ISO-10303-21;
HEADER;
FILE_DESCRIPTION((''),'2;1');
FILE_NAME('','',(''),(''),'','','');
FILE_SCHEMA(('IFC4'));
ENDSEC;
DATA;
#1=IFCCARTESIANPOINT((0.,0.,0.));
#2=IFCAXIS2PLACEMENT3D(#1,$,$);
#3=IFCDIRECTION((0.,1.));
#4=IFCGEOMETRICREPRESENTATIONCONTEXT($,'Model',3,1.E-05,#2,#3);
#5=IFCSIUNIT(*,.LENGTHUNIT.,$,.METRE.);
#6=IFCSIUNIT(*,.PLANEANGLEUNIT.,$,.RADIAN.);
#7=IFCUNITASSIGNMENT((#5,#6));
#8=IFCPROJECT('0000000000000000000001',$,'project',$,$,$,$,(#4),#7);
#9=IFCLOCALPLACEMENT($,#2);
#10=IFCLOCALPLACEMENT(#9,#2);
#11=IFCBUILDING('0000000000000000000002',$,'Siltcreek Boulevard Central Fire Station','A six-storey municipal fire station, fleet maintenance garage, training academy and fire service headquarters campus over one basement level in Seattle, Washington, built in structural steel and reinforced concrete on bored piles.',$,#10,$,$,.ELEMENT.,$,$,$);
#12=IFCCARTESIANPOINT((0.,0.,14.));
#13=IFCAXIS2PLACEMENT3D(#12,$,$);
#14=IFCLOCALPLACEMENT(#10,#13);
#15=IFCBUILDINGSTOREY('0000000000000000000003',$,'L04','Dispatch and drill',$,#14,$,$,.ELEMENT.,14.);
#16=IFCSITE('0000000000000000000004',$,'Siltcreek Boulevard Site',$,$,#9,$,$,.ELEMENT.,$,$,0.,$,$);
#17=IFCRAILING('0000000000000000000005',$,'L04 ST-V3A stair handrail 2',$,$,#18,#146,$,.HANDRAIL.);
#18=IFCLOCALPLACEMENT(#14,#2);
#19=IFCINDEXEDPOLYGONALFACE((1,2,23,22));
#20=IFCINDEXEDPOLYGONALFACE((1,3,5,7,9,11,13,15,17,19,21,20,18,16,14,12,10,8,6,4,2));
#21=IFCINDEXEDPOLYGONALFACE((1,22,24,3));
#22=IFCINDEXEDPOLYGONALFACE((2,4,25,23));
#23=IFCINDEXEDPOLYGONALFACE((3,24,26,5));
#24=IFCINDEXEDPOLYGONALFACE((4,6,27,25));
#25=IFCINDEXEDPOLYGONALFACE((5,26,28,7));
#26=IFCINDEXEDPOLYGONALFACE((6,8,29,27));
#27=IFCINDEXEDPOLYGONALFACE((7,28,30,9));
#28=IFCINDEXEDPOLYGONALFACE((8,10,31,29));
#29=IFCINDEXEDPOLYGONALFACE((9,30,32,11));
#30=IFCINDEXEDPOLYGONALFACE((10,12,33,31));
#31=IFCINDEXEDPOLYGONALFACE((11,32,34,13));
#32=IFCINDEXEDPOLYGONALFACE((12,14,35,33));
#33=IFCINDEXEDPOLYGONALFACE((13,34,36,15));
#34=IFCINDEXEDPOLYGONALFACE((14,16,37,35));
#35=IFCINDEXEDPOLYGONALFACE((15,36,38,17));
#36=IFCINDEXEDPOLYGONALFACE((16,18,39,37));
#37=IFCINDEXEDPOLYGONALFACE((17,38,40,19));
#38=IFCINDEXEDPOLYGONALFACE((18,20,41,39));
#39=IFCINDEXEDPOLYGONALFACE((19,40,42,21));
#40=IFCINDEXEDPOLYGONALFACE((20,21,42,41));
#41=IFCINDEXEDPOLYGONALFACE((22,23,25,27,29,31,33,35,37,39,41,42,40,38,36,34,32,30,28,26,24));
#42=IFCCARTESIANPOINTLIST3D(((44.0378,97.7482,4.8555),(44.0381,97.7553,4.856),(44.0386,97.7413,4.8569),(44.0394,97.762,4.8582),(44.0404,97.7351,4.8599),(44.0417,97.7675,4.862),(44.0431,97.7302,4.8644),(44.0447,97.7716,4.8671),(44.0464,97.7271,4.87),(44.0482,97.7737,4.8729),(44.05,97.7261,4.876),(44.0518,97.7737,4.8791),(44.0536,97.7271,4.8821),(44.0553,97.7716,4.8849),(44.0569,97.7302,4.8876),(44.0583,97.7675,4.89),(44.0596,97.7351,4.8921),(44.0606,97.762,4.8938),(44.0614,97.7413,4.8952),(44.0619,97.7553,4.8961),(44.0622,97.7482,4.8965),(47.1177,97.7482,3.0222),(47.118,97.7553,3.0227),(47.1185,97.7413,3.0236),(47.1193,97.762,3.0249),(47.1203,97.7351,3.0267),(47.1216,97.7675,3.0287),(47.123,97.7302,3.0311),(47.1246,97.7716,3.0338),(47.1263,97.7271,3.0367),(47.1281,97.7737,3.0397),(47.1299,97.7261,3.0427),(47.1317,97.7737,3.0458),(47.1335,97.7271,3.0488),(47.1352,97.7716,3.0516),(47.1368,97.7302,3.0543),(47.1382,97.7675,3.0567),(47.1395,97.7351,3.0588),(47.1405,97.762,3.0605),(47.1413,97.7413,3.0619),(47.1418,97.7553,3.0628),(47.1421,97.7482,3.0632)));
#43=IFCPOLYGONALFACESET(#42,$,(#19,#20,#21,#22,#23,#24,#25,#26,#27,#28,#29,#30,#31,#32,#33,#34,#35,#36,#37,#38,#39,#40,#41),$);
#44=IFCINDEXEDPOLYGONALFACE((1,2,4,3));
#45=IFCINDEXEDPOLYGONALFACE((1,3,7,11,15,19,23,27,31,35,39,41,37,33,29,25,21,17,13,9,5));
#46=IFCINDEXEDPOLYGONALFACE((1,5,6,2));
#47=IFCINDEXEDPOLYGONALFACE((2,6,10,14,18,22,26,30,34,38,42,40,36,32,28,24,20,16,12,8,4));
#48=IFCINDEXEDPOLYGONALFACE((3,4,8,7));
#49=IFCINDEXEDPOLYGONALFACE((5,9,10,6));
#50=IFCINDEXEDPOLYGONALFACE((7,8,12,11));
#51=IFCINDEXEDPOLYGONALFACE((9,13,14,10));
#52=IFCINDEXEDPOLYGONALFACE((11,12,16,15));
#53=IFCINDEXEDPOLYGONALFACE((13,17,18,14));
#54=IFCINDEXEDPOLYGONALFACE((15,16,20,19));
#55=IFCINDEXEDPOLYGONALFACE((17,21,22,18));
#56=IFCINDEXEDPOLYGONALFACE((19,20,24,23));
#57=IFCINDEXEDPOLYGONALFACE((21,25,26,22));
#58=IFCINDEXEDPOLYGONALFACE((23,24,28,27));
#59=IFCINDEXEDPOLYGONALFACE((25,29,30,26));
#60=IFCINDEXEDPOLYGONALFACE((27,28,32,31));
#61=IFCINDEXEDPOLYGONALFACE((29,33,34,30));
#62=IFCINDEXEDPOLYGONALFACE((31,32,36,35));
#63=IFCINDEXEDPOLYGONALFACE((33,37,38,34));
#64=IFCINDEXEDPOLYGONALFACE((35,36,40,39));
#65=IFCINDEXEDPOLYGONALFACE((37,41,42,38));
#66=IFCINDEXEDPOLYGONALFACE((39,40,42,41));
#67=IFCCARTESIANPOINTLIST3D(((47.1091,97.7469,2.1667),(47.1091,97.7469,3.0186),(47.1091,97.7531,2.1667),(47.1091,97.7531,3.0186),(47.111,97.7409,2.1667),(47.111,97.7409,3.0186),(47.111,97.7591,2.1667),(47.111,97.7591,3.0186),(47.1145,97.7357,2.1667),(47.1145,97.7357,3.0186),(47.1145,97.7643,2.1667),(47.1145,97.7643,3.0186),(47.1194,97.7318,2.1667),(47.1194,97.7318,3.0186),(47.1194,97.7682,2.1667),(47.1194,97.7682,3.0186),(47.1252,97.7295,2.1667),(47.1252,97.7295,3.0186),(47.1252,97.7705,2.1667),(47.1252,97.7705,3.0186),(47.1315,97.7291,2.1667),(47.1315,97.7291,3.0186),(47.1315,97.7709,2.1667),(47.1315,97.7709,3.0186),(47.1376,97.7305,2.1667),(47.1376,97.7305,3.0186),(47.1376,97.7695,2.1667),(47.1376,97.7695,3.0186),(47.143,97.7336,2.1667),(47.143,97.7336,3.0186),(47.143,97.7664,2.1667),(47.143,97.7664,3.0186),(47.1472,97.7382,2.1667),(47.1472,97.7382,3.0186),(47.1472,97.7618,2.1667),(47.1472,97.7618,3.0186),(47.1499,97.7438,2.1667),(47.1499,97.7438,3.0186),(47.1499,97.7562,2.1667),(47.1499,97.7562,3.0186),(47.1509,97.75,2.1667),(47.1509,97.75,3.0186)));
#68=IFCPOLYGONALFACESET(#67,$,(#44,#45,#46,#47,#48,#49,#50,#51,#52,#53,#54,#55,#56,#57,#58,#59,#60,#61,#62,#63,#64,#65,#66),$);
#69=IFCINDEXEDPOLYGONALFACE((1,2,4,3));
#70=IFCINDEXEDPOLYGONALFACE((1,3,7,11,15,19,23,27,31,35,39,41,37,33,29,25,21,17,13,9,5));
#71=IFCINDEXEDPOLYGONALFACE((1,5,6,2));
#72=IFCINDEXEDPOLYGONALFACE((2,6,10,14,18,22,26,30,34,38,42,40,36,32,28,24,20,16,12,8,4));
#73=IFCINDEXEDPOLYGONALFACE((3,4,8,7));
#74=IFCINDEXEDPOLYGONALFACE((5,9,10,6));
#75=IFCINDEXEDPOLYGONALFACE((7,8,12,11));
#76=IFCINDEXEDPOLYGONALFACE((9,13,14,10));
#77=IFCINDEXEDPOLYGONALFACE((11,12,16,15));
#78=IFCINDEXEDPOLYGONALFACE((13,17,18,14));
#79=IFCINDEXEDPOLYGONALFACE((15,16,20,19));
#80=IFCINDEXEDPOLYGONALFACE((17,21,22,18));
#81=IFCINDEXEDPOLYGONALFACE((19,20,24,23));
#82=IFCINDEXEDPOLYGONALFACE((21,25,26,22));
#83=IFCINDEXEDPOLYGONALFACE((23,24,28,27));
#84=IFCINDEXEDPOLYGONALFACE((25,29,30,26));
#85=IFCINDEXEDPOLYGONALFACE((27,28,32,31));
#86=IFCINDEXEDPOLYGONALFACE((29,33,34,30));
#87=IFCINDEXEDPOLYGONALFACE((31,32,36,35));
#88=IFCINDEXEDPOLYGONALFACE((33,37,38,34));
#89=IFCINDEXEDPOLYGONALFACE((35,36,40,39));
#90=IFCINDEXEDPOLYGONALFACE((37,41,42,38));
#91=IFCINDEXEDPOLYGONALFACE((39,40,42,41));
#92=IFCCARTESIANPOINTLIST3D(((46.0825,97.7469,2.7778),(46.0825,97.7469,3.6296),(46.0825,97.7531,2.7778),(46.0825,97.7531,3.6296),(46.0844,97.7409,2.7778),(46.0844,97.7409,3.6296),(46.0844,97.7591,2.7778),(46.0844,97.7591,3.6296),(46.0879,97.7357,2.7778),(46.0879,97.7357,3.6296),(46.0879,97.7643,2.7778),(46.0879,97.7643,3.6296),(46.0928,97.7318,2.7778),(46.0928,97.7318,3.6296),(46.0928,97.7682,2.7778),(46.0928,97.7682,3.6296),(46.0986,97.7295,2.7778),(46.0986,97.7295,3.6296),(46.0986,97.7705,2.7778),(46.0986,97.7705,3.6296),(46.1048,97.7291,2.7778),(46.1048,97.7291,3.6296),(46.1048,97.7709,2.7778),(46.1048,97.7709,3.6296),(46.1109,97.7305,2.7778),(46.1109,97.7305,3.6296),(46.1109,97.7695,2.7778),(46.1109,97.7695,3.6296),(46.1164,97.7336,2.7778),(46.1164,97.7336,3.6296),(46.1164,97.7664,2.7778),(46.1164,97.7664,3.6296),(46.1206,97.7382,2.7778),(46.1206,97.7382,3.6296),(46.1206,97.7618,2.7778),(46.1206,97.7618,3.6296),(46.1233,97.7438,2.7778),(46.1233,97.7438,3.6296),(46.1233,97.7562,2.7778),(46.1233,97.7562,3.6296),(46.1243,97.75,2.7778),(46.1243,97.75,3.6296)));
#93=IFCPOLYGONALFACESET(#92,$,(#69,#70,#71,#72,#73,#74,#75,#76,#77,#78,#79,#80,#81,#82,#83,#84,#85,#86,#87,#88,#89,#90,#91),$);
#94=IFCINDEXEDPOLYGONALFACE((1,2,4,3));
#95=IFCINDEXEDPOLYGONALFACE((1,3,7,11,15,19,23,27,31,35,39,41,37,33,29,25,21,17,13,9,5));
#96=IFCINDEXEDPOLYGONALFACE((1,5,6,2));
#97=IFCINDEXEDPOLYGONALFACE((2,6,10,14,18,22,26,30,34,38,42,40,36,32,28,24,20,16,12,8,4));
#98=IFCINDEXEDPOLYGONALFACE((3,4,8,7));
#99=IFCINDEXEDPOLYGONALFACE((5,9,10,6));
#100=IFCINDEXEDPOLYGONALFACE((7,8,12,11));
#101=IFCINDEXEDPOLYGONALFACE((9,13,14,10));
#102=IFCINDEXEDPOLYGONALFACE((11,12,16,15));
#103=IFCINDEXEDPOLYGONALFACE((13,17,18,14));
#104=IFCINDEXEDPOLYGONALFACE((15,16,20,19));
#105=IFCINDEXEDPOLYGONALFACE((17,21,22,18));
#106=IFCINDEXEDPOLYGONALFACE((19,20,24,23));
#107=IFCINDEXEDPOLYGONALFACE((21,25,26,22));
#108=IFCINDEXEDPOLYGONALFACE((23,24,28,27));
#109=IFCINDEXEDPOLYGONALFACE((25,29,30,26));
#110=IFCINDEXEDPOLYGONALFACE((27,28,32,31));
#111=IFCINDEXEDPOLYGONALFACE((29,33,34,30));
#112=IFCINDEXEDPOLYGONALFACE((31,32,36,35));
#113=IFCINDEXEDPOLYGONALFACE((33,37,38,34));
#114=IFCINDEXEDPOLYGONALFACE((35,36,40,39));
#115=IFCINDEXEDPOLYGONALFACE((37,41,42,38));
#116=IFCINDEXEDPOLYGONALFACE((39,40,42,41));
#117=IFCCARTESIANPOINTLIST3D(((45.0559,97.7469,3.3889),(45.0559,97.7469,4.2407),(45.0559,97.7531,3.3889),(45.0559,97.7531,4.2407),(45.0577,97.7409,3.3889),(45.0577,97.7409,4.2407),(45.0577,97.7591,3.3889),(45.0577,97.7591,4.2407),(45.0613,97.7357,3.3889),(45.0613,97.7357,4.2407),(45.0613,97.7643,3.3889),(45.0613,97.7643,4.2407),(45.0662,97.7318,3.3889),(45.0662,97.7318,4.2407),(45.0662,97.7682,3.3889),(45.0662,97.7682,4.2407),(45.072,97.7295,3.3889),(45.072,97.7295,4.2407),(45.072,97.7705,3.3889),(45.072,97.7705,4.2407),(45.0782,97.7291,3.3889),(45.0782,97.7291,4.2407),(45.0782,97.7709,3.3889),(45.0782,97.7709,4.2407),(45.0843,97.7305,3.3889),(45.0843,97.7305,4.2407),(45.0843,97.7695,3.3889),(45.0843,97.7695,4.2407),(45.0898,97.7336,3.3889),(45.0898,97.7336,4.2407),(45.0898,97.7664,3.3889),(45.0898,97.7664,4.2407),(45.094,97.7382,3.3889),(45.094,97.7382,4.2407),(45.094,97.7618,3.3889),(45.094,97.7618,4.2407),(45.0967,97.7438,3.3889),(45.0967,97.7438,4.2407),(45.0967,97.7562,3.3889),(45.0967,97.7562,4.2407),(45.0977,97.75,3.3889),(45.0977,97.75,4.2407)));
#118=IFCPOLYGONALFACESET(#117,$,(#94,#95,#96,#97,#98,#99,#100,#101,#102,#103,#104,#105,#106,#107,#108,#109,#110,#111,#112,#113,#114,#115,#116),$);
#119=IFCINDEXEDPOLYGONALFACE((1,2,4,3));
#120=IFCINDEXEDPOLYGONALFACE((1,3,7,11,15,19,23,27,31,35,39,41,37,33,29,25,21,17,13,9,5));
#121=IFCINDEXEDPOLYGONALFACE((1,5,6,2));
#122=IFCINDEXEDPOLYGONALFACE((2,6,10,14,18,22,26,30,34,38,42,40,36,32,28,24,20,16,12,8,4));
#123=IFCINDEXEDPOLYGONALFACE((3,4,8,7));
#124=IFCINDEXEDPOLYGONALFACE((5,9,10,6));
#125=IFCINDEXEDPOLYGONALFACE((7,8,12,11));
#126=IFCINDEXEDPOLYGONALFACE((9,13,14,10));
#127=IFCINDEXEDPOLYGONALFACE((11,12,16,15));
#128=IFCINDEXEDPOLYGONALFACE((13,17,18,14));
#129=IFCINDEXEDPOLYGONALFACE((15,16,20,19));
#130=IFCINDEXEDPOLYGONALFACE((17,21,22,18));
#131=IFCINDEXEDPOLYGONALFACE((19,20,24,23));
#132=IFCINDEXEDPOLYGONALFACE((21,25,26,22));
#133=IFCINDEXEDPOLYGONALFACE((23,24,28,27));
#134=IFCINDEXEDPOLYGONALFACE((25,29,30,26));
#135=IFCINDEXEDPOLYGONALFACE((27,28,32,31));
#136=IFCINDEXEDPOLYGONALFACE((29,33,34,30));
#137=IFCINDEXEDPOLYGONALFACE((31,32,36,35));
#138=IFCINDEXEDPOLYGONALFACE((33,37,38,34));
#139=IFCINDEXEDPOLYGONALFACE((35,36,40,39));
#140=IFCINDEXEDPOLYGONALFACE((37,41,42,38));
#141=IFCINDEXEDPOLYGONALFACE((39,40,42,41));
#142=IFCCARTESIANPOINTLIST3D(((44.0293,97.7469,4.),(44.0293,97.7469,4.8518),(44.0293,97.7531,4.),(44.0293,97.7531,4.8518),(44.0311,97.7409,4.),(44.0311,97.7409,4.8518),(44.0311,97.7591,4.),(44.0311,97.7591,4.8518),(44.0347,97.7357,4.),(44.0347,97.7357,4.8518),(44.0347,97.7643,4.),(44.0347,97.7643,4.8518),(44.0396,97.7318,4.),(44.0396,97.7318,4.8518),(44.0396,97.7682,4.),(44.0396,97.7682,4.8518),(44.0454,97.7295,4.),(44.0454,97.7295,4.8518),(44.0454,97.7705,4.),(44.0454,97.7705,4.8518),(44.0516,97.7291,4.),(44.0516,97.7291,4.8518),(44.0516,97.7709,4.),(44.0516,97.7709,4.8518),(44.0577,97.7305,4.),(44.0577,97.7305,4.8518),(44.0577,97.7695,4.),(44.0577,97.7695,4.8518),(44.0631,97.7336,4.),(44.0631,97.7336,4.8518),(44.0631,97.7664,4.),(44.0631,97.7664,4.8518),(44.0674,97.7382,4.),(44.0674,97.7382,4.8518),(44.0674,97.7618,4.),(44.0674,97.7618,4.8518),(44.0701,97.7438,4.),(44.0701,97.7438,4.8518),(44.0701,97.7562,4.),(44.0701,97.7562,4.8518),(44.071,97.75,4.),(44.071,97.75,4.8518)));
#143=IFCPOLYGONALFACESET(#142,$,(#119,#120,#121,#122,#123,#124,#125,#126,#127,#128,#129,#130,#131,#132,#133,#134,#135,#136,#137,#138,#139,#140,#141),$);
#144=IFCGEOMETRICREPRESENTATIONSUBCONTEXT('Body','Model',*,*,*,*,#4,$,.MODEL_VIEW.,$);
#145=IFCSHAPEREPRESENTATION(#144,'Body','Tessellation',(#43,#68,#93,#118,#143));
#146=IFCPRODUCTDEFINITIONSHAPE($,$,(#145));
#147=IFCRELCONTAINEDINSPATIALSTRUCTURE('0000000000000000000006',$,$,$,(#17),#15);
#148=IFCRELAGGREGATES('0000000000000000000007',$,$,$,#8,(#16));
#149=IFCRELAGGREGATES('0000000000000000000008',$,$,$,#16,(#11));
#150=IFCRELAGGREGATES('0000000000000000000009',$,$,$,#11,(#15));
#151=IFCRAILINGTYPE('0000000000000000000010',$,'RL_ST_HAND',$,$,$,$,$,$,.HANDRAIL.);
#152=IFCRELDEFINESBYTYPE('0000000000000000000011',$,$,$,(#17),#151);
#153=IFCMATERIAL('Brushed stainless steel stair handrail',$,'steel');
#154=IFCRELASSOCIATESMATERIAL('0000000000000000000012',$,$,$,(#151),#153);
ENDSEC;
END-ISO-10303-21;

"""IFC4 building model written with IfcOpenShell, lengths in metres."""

from ifc_helpers import new_model, si_unit, direction, frame, origin, origin_2d, place, context, subcontext, project, spatial, circle, extrude, material, type_object, element, save


model = new_model("IFC4")

# Units and contexts
model_context = context("Model", 3, precision=1e-05, world=origin(), true_north=direction((0.0, 1.0)))
body_context = subcontext(model_context, "Body", "Model", "MODEL_VIEW")
ifc_project = project(units=[si_unit("LENGTHUNIT", "METRE"), si_unit("PLANEANGLEUNIT", "RADIAN")], contexts=[model_context])

# Site, building, storey
site_placement = place(None, origin())
site = spatial("IfcSite", under=ifc_project, at=site_placement, Name="Siltcreek Boulevard Site", CompositionType="ELEMENT", RefElevation=0.0)
building_placement = place(site_placement, origin())
building = spatial("IfcBuilding", under=site, at=building_placement, Name="Siltcreek Boulevard Central Fire Station", Description="A six-storey municipal fire station, fleet maintenance garage, training academy and fire service headquarters campus over one basement level in Seattle, Washington, built in structural steel and reinforced concrete on bored piles.", CompositionType="ELEMENT")
storey_placement = place(building_placement, frame((0.0, 0.0, 14.0)))
storey = spatial("IfcBuildingStorey", under=building, at=storey_placement, Name="L04", Description="Dispatch and drill", CompositionType="ELEMENT", Elevation=14.0)

# Railing
ifc_material_1 = material(Name="Brushed stainless steel stair handrail", Category="steel")
railing_type_1 = type_object("IfcRailingType", Name="RL_ST_HAND", PredefinedType="HANDRAIL", material=ifc_material_1)
railing_1_placement = place(storey_placement, frame((47.1299, 97.75, 2.1667)))
element("IfcRailing", 1, at=railing_1_placement, inside=storey, type_object=railing_type_1, Name="L04 ST-V3A stair handrail 2", PredefinedType="HANDRAIL", context=body_context, shape_type="SweptSolid", body=[
    extrude(circle(Radius=0.0239, at=origin_2d()), frame((0.0, 0.0, 0.876), z_axis=(-0.859291, 0.0, 0.511487), x_axis=(0.0, -1.0, 0.0)), (0.0, 0.0, 1.0), 3.5842),
    extrude(circle(Radius=0.021, at=origin_2d()), origin(), (0.0, 0.0, 1.0), 0.8518),
    extrude(circle(Radius=0.021, at=origin_2d()), frame((-1.0266, 0.0, 0.6111)), (0.0, 0.0, 1.0), 0.8518),
    extrude(circle(Radius=0.021, at=origin_2d()), frame((-2.0532, 0.0, 1.2222)), (0.0, 0.0, 1.0), 0.8518),
    extrude(circle(Radius=0.021, at=origin_2d()), frame((-3.0798, 0.0, 1.8333)), (0.0, 0.0, 1.0), 0.8518),
])

save(model, "model.ifc")
